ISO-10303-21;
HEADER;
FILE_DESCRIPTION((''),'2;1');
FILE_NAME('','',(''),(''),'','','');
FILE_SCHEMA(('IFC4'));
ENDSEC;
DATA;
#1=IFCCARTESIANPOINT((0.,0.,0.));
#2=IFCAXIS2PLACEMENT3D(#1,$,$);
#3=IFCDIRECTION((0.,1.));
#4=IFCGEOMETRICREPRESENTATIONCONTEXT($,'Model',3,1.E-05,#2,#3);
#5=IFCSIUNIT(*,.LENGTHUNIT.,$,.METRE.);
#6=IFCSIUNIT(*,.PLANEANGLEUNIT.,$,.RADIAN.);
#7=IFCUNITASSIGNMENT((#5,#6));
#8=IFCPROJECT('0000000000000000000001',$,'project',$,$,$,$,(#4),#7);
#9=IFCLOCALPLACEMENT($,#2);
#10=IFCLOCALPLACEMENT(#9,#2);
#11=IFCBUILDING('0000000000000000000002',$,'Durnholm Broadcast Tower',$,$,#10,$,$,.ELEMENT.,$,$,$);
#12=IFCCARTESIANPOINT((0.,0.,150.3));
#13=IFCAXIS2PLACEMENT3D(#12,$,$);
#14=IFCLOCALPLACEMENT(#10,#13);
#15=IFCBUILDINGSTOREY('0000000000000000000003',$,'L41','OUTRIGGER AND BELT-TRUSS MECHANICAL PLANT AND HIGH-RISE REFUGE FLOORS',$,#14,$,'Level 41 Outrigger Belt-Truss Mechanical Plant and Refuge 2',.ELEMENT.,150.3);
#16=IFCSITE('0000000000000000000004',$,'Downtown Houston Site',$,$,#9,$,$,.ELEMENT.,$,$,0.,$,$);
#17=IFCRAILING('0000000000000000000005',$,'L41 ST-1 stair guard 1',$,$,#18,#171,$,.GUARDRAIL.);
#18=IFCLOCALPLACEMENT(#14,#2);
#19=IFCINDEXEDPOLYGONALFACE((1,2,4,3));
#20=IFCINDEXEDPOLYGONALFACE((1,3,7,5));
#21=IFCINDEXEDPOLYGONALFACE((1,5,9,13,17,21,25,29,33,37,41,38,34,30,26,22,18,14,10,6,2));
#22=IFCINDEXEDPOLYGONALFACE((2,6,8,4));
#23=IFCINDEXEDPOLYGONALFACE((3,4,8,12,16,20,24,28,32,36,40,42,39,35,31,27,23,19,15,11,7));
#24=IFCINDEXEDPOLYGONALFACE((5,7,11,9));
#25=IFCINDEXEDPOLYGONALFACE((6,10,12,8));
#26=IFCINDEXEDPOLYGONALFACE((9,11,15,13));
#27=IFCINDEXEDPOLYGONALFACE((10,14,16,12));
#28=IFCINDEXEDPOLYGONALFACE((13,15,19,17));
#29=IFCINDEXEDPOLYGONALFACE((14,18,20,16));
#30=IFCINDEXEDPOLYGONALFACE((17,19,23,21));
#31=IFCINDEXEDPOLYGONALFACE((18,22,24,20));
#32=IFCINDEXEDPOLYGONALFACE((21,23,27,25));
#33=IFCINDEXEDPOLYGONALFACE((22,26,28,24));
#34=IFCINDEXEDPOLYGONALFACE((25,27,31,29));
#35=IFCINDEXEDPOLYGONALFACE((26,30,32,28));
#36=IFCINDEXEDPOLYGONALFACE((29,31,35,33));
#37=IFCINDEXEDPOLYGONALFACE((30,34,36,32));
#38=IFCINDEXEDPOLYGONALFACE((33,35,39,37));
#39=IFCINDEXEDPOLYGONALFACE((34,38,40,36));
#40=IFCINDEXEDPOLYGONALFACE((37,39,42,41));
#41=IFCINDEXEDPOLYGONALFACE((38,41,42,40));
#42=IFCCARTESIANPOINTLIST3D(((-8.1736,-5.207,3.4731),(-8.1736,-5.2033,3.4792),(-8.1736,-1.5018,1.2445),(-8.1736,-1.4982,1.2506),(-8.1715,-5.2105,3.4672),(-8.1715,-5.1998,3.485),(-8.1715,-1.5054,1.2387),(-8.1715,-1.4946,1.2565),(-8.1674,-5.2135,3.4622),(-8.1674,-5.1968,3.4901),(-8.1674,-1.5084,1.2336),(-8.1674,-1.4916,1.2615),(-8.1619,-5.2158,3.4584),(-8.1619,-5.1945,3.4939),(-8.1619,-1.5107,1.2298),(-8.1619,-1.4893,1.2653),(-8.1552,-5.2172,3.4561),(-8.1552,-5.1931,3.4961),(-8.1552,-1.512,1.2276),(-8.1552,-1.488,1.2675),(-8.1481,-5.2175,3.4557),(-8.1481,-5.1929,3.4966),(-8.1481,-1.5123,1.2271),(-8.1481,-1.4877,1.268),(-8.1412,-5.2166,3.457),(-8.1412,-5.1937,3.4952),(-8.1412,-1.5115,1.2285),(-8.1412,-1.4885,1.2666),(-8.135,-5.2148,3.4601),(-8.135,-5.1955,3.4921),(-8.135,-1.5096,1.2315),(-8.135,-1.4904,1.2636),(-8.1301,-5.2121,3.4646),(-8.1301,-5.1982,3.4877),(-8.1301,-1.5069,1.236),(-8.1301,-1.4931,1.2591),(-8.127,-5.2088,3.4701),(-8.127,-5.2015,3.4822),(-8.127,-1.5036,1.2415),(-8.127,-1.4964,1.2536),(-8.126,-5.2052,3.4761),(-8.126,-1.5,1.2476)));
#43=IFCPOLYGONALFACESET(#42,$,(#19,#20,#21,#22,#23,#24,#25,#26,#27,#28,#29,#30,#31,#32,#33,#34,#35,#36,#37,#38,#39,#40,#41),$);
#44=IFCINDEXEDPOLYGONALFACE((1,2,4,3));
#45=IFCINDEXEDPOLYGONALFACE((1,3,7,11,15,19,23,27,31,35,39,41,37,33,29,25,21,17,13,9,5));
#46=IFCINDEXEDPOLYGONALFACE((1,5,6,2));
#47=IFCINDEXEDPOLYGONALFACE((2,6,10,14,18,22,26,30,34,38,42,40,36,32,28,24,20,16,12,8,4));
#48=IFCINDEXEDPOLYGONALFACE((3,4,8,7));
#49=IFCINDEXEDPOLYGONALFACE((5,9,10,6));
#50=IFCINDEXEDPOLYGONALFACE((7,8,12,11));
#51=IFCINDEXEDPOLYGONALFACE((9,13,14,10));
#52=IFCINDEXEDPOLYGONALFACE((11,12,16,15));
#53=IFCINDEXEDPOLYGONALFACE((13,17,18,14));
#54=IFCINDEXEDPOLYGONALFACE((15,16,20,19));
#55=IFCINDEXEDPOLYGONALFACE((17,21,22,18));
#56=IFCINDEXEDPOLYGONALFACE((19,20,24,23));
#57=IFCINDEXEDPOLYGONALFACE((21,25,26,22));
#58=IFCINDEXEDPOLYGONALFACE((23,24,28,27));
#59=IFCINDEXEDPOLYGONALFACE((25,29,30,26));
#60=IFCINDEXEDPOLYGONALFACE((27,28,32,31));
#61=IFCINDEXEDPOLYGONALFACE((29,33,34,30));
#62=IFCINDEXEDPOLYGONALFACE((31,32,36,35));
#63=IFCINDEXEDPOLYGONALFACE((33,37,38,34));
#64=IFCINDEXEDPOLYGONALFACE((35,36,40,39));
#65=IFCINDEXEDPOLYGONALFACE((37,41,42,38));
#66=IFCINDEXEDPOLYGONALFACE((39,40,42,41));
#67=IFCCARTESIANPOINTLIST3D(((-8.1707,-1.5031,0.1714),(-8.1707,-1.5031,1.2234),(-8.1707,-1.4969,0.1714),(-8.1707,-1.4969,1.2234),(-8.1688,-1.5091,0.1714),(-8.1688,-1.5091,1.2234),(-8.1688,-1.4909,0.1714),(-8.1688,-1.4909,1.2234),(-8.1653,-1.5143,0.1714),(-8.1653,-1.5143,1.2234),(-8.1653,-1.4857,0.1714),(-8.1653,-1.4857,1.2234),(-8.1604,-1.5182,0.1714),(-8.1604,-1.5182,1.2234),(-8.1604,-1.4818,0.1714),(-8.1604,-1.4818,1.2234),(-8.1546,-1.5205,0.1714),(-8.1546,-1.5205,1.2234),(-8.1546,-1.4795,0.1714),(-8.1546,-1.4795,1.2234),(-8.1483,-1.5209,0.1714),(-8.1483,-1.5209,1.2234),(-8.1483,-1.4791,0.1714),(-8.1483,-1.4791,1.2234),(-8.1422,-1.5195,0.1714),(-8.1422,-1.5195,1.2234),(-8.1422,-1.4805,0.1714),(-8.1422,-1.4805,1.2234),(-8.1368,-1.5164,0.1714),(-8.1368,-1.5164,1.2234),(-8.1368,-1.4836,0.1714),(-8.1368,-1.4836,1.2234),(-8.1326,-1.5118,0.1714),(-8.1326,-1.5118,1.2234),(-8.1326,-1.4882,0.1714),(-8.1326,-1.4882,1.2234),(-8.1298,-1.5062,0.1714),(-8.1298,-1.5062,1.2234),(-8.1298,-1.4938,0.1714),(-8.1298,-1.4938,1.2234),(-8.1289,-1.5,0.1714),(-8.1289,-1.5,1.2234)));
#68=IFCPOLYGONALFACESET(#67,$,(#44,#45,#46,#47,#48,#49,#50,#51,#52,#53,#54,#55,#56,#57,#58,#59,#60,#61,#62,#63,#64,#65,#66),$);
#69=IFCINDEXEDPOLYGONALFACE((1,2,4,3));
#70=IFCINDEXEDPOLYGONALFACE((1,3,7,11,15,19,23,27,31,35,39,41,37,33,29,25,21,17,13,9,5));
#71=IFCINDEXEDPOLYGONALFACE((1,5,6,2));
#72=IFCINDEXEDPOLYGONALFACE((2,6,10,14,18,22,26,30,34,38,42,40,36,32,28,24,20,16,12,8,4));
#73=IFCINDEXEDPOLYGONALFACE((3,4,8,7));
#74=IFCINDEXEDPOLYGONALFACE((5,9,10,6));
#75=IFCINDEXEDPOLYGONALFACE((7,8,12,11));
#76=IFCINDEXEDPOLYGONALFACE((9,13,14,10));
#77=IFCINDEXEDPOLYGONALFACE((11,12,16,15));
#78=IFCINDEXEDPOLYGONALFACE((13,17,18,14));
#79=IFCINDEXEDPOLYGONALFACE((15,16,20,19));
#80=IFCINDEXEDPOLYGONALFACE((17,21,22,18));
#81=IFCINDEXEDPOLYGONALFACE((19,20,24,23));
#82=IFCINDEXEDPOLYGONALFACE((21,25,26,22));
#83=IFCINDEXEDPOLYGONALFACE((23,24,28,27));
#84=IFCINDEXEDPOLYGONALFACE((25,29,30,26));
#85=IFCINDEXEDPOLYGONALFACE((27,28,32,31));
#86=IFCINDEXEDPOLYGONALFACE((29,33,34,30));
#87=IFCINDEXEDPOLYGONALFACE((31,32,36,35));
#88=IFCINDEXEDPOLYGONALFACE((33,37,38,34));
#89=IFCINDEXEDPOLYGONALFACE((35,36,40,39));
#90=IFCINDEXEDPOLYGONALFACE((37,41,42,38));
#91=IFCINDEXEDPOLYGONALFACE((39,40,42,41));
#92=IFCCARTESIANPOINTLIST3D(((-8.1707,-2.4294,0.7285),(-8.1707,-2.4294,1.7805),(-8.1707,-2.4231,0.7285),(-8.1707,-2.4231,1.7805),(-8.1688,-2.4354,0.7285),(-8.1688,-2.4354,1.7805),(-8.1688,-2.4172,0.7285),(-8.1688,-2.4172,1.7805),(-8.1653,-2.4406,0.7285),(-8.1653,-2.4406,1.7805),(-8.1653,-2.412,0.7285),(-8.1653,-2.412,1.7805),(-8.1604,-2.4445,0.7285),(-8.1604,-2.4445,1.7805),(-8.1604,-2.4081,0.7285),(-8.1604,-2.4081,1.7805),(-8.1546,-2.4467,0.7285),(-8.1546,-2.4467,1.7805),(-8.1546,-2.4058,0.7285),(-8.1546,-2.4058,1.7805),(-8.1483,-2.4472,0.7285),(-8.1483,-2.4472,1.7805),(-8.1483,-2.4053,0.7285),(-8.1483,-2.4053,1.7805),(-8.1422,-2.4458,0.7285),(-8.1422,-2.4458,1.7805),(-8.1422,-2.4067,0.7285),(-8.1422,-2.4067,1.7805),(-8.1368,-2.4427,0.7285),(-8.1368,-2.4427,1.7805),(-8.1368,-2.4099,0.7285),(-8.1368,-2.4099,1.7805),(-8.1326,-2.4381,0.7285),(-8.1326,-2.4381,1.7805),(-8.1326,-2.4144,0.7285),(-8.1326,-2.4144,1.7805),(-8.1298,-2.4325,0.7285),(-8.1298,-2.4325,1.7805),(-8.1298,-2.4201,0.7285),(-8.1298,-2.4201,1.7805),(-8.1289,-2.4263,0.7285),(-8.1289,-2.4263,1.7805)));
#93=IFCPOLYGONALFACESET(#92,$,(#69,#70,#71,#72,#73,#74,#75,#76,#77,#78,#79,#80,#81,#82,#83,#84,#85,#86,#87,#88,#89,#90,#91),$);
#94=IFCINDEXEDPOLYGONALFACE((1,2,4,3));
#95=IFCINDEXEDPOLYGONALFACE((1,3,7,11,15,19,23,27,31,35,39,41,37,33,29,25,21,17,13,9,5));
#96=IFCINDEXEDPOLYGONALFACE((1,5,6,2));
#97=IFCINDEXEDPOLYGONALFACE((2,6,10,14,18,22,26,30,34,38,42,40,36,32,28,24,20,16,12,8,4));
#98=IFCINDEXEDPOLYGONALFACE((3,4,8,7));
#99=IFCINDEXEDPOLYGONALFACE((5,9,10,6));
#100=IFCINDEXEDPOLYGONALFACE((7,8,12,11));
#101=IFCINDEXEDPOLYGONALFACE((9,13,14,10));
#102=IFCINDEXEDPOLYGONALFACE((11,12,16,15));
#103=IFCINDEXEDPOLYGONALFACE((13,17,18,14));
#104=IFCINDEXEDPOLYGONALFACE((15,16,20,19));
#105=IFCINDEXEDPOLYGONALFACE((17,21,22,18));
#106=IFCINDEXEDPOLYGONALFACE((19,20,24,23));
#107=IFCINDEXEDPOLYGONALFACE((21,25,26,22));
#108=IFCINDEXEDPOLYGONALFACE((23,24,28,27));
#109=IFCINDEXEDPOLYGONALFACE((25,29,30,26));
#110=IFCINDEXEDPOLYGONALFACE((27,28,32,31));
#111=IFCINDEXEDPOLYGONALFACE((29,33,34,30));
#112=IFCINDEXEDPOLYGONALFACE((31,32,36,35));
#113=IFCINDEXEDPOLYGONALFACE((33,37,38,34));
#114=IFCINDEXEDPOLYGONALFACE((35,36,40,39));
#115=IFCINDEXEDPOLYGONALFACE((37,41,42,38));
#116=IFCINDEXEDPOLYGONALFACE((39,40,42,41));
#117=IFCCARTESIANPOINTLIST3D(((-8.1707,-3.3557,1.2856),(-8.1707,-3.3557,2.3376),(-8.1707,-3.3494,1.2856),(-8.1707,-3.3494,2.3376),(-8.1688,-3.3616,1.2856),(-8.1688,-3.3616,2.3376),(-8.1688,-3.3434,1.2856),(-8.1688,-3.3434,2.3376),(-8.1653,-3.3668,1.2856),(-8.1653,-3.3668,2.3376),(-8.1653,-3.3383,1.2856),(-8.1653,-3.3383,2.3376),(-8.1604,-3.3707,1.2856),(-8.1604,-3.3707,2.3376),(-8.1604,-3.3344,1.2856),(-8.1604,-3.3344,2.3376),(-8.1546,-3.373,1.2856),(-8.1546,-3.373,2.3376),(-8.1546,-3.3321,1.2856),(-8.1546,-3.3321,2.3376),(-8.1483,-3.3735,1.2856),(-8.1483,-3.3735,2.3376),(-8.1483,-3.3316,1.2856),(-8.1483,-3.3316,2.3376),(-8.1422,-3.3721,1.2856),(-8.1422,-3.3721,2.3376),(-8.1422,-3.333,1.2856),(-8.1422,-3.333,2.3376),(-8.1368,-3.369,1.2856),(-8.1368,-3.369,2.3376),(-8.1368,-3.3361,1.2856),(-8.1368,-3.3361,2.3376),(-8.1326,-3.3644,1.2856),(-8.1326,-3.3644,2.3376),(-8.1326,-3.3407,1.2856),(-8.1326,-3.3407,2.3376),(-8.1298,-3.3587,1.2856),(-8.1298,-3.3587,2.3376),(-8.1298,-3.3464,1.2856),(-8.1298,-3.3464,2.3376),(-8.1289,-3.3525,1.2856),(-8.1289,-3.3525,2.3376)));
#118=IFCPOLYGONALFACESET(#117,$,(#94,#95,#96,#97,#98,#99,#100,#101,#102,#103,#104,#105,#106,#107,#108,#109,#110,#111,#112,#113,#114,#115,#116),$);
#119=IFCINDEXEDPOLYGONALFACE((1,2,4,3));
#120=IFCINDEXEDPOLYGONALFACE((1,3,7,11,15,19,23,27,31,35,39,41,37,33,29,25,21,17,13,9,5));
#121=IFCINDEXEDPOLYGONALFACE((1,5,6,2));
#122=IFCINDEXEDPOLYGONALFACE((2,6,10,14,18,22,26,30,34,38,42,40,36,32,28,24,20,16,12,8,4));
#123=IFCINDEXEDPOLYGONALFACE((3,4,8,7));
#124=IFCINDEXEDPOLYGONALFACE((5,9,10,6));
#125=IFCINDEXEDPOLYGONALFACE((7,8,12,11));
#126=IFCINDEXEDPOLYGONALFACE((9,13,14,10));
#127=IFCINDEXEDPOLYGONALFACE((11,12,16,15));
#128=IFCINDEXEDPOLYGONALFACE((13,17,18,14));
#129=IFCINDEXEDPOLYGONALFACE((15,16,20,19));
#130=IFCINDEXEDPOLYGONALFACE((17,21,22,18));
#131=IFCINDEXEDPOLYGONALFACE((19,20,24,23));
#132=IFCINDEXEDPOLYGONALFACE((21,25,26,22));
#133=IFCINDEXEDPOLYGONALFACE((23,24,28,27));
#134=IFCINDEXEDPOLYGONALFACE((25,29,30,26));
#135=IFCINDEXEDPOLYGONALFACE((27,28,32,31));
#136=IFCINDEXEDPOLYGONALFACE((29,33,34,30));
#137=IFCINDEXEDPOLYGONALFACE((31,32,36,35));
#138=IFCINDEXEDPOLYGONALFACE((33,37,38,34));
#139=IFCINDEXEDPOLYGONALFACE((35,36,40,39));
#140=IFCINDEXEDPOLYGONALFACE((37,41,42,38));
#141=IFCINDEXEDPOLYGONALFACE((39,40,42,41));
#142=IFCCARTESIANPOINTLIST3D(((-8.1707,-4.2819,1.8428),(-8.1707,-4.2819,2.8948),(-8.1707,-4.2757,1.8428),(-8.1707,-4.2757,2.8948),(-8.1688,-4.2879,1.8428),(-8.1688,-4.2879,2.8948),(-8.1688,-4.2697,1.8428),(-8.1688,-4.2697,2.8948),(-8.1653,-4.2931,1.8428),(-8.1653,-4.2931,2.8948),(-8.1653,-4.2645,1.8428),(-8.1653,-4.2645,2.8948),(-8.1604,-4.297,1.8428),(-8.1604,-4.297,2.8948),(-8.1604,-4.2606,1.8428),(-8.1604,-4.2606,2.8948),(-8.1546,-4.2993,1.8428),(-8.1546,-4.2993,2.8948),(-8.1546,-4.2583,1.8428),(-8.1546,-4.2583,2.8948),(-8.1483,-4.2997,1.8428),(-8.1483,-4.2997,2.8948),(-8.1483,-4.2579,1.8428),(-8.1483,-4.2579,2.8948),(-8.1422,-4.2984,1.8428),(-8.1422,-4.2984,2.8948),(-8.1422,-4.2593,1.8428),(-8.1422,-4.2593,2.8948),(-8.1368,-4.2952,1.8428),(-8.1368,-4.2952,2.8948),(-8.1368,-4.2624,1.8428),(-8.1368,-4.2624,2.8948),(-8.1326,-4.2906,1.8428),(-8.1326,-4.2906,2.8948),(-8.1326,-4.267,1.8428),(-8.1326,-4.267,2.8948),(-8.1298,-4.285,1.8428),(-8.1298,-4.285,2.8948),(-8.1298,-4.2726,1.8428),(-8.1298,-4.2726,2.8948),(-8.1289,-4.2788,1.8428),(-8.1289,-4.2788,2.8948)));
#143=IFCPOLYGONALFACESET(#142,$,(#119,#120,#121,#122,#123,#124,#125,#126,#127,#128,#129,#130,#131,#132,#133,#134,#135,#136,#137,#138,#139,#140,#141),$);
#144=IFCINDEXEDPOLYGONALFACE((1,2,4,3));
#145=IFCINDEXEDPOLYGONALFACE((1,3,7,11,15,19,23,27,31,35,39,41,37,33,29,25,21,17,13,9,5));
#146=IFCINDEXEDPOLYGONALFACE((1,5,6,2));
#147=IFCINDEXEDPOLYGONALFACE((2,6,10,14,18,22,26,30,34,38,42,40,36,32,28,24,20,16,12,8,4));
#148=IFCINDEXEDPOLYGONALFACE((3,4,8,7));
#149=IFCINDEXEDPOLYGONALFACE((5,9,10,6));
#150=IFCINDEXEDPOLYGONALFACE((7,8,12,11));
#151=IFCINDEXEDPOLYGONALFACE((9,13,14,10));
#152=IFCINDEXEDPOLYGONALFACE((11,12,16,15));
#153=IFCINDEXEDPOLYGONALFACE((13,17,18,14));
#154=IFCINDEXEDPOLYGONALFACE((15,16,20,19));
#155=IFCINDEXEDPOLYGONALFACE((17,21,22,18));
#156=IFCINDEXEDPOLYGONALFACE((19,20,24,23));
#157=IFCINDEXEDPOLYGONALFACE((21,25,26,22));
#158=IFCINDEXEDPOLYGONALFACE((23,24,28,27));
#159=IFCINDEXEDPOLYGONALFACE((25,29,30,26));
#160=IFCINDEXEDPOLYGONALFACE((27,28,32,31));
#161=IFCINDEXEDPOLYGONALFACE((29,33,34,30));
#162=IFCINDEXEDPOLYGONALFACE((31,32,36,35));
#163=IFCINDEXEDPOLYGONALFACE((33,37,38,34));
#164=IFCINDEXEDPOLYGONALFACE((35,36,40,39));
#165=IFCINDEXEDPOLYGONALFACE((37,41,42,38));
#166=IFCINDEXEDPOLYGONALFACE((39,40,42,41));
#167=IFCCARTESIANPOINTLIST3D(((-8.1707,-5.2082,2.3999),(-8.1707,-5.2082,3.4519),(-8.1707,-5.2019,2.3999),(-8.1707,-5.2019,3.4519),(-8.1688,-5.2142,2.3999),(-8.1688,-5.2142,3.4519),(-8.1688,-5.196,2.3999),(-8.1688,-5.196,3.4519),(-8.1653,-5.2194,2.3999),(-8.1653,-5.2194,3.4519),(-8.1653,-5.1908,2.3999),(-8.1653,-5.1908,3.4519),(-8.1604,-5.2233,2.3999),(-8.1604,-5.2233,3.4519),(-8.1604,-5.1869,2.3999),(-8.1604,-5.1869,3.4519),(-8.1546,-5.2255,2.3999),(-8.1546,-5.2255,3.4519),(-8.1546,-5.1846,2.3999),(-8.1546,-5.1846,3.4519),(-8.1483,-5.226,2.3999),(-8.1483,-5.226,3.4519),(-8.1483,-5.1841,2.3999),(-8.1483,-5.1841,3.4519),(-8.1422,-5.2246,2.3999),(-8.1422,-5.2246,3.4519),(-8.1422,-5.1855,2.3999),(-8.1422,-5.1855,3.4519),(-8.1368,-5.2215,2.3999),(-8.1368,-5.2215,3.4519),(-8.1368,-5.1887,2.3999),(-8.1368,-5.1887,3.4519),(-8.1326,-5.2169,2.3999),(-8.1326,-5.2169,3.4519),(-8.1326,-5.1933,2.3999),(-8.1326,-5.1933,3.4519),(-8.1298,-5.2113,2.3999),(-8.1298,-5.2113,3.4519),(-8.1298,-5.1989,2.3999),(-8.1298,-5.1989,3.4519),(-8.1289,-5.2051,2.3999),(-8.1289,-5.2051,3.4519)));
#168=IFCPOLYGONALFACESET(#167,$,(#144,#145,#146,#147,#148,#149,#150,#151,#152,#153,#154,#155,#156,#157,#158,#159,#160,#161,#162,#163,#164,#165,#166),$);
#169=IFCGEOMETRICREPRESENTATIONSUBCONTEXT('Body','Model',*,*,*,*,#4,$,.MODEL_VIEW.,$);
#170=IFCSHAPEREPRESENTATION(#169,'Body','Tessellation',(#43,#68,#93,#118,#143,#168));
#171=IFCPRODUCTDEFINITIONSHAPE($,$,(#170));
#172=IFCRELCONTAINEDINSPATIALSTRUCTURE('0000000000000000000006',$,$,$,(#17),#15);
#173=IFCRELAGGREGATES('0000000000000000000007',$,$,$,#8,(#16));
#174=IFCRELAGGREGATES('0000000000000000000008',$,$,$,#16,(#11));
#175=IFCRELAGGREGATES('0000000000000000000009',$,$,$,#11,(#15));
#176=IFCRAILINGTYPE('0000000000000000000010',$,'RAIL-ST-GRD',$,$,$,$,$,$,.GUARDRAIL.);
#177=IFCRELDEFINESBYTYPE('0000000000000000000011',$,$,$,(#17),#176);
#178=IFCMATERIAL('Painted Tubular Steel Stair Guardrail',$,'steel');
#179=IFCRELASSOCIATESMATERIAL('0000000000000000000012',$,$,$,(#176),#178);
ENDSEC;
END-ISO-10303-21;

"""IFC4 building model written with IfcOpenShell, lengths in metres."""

from ifc_helpers import new_model, si_unit, direction, frame, origin, origin_2d, place, context, subcontext, project, spatial, circle, extrude, material, type_object, element, save


model = new_model("IFC4")

# Units and contexts
model_context = context("Model", 3, precision=1e-05, world=origin(), true_north=direction((0.0, 1.0)))
body_context = subcontext(model_context, "Body", "Model", "MODEL_VIEW")
ifc_project = project(units=[si_unit("LENGTHUNIT", "METRE"), si_unit("PLANEANGLEUNIT", "RADIAN")], contexts=[model_context])

# Site, building, storey
site_placement = place(None, origin())
site = spatial("IfcSite", under=ifc_project, at=site_placement, Name="Downtown Houston Site", CompositionType="ELEMENT", RefElevation=0.0)
building_placement = place(site_placement, origin())
building = spatial("IfcBuilding", under=site, at=building_placement, Name="Durnholm Broadcast Tower", CompositionType="ELEMENT")
storey_placement = place(building_placement, frame((0.0, 0.0, 150.3)))
storey = spatial("IfcBuildingStorey", under=building, at=storey_placement, Name="L41", Description="OUTRIGGER AND BELT-TRUSS MECHANICAL PLANT AND HIGH-RISE REFUGE FLOORS", LongName="Level 41 Outrigger Belt-Truss Mechanical Plant and Refuge 2", CompositionType="ELEMENT", Elevation=150.3)

# Railing
ifc_material_1 = material(Name="Painted Tubular Steel Stair Guardrail", Category="steel")
railing_type_1 = type_object("IfcRailingType", Name="RAIL-ST-GRD", PredefinedType="GUARDRAIL", material=ifc_material_1)
railing_1_placement = place(storey_placement, frame((-8.1499, -1.5, 0.1714)))
element("IfcRailing", 1, at=railing_1_placement, inside=storey, type_object=railing_type_1, Name="L41 ST-1 stair guard 1", PredefinedType="GUARDRAIL", context=body_context, shape_type="SweptSolid", body=[
    extrude(circle(Radius=0.0239, at=origin_2d()), frame((0.0, 0.0, 1.0762), z_axis=(0.0, -0.856934, 0.515425), x_axis=(1.0, 0.0, 0.0)), (0.0, 0.0, 1.0), 4.3237),
    extrude(circle(Radius=0.021, at=origin_2d()), origin(), (0.0, 0.0, 1.0), 1.052),
    extrude(circle(Radius=0.021, at=origin_2d()), frame((0.0, -0.9263, 0.5571)), (0.0, 0.0, 1.0), 1.052),
    extrude(circle(Radius=0.021, at=origin_2d()), frame((0.0, -1.8525, 1.1143)), (0.0, 0.0, 1.0), 1.052),
    extrude(circle(Radius=0.021, at=origin_2d()), frame((0.0, -2.7788, 1.6714)), (0.0, 0.0, 1.0), 1.052),
    extrude(circle(Radius=0.021, at=origin_2d()), frame((0.0, -3.7051, 2.2285)), (0.0, 0.0, 1.0), 1.052),
])

save(model, "model.ifc")
